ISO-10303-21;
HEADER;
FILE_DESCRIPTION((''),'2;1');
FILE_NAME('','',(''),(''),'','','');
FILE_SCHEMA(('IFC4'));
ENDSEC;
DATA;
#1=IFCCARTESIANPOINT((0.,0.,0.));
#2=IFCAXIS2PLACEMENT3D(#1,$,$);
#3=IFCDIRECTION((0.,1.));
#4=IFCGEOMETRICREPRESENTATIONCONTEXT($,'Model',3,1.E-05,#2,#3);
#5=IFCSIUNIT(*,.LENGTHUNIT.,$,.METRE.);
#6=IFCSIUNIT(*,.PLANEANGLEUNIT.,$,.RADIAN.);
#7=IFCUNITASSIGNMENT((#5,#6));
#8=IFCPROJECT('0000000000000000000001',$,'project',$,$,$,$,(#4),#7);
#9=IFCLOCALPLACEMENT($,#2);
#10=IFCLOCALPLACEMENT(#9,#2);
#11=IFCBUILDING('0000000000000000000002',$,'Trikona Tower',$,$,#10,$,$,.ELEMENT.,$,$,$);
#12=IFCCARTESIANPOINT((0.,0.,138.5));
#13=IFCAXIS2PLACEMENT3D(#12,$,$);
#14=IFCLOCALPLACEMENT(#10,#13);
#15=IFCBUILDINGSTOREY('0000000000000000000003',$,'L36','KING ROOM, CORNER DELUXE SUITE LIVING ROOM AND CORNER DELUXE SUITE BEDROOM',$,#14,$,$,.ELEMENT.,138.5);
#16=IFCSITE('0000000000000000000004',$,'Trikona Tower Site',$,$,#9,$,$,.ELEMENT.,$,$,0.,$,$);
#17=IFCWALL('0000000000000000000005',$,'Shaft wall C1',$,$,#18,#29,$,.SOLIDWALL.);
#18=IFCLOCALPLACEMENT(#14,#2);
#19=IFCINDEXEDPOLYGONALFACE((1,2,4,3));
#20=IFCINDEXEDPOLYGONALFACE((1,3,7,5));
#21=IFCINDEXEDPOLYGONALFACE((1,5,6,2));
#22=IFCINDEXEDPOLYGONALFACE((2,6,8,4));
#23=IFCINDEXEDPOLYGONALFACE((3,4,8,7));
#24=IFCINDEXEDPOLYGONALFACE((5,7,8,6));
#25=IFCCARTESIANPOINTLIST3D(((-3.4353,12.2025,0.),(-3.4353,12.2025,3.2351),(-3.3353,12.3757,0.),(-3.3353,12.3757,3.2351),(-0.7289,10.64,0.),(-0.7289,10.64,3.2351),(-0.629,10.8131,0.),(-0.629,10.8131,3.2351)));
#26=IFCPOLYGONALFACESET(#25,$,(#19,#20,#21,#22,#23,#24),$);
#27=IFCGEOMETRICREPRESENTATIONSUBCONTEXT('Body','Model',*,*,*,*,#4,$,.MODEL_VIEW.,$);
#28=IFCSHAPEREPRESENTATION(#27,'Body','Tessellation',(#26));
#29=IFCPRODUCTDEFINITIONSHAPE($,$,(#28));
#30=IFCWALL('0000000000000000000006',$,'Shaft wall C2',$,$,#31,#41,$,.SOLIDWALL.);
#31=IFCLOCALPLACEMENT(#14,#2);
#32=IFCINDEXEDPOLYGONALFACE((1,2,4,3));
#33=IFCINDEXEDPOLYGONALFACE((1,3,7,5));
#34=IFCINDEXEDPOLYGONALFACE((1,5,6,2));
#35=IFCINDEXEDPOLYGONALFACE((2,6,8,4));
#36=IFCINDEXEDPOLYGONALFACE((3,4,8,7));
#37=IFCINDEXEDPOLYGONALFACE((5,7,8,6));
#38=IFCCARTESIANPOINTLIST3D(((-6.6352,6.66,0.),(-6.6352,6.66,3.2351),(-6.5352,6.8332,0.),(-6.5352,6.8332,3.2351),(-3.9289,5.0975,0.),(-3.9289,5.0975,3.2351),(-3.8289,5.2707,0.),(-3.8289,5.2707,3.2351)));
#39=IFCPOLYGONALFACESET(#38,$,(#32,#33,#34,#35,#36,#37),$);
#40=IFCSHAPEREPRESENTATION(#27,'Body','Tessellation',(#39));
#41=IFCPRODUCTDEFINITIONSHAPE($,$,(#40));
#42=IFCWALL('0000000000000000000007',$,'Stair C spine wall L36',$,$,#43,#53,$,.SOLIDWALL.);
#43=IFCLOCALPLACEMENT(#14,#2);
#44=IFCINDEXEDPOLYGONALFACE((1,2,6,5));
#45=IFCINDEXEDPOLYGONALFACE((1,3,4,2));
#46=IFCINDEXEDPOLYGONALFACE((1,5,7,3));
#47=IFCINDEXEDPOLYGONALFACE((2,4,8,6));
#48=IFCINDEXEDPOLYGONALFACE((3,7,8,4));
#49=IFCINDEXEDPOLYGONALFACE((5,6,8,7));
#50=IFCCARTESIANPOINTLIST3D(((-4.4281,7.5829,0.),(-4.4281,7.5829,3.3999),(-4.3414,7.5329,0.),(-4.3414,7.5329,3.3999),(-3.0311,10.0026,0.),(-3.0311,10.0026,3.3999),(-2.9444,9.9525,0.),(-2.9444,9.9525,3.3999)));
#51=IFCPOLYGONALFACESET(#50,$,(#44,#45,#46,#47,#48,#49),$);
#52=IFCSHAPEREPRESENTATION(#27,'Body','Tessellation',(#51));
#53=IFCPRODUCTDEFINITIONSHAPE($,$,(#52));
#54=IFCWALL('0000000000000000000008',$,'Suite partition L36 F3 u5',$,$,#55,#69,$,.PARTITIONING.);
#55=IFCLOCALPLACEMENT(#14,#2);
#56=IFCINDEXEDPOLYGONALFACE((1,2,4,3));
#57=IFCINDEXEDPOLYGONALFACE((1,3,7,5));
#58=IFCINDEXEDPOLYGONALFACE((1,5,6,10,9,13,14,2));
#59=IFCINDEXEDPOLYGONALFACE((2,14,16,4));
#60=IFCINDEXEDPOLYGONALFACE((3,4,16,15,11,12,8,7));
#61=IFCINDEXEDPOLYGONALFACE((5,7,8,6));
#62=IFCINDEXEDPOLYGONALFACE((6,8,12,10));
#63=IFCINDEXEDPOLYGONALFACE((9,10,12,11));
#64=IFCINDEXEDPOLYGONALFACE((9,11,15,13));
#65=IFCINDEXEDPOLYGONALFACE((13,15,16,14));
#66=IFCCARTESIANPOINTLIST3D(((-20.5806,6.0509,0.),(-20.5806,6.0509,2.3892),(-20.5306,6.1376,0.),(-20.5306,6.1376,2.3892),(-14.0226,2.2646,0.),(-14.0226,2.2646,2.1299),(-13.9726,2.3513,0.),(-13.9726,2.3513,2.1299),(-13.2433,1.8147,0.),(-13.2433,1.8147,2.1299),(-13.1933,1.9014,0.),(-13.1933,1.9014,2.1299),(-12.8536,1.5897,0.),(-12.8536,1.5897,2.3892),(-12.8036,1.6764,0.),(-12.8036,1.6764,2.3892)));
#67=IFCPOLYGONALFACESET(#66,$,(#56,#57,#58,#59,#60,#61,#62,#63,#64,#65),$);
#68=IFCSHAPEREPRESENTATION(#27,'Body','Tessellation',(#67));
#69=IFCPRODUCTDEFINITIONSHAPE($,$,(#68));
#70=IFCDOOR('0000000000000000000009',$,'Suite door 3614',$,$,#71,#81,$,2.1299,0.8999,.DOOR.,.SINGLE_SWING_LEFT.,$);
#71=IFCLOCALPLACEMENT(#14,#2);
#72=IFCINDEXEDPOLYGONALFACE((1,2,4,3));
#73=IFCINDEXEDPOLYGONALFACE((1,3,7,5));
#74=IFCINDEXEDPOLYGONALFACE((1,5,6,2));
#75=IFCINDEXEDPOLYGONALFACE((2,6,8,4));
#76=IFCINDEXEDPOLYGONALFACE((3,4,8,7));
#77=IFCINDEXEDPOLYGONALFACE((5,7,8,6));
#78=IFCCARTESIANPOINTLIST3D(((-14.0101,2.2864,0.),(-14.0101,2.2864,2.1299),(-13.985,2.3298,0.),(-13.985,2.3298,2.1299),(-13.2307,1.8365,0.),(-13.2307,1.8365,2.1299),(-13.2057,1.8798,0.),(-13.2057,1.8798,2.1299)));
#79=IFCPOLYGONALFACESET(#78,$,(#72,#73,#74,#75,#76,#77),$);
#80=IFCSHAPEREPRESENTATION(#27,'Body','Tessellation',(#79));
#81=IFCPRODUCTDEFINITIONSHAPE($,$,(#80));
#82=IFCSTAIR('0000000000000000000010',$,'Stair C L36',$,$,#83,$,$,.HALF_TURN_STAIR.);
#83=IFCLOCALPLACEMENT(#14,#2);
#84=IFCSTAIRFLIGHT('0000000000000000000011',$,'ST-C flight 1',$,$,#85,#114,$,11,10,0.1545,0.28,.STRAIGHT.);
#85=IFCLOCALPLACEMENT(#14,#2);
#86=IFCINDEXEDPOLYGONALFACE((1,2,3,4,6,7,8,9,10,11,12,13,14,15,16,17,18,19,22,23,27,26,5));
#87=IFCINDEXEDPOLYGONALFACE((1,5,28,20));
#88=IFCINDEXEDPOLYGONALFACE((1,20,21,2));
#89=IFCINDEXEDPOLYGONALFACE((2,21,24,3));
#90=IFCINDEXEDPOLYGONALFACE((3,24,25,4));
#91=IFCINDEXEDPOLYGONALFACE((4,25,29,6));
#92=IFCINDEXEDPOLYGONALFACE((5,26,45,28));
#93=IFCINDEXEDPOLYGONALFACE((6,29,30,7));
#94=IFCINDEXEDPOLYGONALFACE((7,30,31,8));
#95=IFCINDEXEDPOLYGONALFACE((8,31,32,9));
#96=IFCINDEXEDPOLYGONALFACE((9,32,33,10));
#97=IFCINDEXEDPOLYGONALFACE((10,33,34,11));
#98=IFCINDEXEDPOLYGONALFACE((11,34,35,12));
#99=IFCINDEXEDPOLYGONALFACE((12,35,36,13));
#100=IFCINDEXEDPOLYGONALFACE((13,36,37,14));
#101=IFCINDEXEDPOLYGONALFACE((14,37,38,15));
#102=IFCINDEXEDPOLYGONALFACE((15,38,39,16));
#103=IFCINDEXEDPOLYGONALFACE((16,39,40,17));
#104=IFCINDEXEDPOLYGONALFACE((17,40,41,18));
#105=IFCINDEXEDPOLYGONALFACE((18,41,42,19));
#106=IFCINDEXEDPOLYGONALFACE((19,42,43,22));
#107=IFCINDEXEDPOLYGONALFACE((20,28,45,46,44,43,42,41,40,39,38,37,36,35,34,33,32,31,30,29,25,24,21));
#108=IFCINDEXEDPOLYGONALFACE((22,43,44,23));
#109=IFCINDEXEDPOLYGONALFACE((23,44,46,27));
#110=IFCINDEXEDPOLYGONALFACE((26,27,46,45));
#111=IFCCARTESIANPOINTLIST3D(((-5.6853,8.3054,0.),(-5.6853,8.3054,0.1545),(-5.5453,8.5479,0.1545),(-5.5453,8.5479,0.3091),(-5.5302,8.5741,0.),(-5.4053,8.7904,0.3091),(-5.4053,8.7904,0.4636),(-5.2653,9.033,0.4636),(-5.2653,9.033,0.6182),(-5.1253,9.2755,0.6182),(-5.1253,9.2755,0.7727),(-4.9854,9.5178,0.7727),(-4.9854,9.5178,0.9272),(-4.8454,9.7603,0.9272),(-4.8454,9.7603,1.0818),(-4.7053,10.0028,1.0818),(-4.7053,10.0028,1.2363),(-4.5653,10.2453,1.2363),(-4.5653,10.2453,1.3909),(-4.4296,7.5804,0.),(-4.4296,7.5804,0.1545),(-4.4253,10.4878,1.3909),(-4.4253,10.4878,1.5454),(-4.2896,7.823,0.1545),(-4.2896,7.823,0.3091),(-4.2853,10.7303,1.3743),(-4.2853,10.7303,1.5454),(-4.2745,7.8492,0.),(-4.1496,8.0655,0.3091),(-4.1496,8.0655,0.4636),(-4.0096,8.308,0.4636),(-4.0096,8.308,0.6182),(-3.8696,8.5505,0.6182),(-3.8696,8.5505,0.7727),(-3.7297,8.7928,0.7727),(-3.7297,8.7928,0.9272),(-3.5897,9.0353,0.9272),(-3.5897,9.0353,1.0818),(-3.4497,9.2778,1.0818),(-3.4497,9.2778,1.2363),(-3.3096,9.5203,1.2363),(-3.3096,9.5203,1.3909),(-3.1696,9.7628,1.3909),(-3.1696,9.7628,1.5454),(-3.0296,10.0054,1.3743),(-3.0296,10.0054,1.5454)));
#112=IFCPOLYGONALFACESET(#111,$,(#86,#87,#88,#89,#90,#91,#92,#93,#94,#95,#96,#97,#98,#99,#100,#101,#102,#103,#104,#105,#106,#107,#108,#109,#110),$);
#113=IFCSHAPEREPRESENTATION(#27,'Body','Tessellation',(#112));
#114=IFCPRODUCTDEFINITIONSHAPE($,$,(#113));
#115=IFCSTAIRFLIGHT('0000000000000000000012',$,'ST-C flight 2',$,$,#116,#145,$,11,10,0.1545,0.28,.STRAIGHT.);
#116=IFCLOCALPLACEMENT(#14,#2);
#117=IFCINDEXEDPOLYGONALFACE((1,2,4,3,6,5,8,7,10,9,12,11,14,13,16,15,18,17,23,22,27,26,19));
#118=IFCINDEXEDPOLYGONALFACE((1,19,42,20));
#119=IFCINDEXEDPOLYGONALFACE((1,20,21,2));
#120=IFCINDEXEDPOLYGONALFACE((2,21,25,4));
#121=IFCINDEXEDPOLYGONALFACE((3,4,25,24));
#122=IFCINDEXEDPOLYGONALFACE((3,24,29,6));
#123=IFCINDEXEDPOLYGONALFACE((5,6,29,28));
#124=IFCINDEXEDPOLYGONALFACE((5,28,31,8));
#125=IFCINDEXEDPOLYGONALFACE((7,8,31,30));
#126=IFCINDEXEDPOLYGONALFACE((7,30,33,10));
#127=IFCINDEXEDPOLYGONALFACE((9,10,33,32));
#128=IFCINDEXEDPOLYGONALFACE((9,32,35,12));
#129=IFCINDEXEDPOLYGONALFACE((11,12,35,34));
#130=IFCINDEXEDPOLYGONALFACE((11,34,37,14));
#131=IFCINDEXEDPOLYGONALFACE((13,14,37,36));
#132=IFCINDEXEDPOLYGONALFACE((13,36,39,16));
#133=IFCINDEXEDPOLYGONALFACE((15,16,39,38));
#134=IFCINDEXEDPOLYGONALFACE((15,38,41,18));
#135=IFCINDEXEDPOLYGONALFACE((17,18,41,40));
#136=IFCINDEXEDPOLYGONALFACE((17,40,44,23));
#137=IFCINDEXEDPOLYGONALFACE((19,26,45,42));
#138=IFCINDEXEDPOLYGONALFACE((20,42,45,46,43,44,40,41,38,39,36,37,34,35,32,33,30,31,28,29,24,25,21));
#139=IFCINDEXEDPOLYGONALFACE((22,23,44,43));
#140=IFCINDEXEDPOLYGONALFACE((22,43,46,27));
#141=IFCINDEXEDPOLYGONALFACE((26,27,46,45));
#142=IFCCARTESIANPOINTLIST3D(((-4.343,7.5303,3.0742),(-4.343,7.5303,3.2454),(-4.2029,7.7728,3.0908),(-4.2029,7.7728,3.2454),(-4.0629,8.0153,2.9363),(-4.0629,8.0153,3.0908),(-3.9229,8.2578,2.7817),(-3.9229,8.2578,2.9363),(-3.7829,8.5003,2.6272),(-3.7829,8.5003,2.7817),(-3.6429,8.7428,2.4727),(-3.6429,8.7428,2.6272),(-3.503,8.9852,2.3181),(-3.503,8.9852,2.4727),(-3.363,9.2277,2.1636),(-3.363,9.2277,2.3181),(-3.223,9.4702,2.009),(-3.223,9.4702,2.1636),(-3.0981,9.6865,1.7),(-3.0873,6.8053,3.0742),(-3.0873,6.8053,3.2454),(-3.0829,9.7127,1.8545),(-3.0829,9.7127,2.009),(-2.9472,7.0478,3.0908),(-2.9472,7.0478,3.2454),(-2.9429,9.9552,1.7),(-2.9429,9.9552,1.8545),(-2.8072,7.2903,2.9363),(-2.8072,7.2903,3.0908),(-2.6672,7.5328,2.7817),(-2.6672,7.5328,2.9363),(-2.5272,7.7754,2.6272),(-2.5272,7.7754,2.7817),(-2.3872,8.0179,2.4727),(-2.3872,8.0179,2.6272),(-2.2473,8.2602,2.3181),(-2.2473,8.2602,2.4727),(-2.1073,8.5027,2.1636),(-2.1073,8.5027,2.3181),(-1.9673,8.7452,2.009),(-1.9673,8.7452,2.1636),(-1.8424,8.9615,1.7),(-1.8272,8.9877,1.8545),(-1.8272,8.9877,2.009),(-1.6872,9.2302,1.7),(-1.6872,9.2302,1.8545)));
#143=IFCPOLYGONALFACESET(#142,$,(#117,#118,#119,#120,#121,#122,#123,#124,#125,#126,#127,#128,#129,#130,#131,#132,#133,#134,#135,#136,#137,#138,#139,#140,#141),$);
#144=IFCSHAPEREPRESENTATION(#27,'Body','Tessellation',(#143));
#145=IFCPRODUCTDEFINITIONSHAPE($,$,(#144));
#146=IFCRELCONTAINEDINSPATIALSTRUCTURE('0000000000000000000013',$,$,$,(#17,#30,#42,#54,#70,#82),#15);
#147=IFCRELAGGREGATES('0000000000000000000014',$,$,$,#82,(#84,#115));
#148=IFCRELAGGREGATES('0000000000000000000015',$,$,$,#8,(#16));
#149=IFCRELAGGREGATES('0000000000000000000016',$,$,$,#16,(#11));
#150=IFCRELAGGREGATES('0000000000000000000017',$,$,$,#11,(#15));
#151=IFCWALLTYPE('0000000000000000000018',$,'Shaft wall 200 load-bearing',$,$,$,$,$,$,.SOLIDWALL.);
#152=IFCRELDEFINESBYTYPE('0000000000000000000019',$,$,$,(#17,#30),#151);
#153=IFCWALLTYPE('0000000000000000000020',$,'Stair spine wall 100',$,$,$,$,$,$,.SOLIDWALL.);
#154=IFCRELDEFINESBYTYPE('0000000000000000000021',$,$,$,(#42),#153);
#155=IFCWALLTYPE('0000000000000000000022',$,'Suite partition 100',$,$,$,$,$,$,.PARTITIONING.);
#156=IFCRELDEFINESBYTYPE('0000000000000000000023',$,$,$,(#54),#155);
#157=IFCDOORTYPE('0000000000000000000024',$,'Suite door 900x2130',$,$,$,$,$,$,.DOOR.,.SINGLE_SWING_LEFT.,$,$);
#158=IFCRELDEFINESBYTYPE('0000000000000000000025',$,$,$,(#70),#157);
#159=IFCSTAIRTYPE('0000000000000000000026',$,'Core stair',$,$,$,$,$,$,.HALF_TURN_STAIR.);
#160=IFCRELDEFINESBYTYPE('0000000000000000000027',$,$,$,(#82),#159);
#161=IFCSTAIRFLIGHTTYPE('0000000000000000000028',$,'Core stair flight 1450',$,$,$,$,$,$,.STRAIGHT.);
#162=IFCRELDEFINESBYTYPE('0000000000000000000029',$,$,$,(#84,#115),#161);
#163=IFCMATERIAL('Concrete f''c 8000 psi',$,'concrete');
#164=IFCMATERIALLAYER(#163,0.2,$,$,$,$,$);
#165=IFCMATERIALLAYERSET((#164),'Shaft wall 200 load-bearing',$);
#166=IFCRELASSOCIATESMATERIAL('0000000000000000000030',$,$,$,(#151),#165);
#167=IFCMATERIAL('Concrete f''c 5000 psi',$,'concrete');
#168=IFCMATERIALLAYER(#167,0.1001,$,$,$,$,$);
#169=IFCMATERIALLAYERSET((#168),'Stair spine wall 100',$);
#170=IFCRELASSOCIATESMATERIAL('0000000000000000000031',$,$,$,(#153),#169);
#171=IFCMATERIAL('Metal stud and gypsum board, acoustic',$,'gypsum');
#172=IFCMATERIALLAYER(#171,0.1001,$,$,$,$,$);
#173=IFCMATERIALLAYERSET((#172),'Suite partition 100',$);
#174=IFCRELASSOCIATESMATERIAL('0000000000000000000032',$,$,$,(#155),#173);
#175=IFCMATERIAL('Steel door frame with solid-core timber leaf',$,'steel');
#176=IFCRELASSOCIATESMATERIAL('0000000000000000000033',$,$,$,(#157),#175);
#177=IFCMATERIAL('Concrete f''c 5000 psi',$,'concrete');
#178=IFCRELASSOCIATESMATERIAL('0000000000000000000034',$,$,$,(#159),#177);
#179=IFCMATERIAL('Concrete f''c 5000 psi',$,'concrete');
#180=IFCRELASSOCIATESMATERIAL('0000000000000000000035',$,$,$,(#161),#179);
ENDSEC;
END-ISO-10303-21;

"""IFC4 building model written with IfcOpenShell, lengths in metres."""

from ifc_helpers import new_model, si_unit, direction, frame, frame_2d, origin, place, context, subcontext, project, spatial, polyline, rectangle, outline, extrude, material, layer, layer_set, type_object, element, fill, aggregate, save


model = new_model("IFC4")

# Units and contexts
model_context = context("Model", 3, precision=1e-05, world=origin(), true_north=direction((0.0, 1.0)))
body_context = subcontext(model_context, "Body", "Model", "MODEL_VIEW")
ifc_project = project(units=[si_unit("LENGTHUNIT", "METRE"), si_unit("PLANEANGLEUNIT", "RADIAN")], contexts=[model_context])

# Site, building, storey
site_placement = place(None, origin())
site = spatial("IfcSite", under=ifc_project, at=site_placement, Name="Trikona Tower Site", CompositionType="ELEMENT", RefElevation=0.0)
building_placement = place(site_placement, origin())
building = spatial("IfcBuilding", under=site, at=building_placement, Name="Trikona Tower", CompositionType="ELEMENT")
storey_placement = place(building_placement, frame((0.0, 0.0, 138.5)))
storey = spatial("IfcBuildingStorey", under=building, at=storey_placement, Name="L36", Description="KING ROOM, CORNER DELUXE SUITE LIVING ROOM AND CORNER DELUXE SUITE BEDROOM", CompositionType="ELEMENT", Elevation=138.5)

# Walls
ifc_material_1 = material(Name="Concrete f'c 8000 psi", Category="concrete")
ifc_layer_1 = layer(ifc_material_1, 0.2)
ifc_layer_set_1 = layer_set([ifc_layer_1], Name="Shaft wall 200 load-bearing")
wall_type_1 = type_object("IfcWallType", Name="Shaft wall 200 load-bearing", PredefinedType="SOLIDWALL", material=ifc_layer_set_1)
for number, where, z_axis, x_axis, name in (
    (1, (-0.679, 10.7266, 0.0), (0.0, 0.0, 1.0), (-0.866023, 0.500004, 0.0), "Shaft wall C1"),
    (2, (-3.8789, 5.1841, 0.0), (0.0, 0.0, 1.0), (-0.866023, 0.500004, 0.0), "Shaft wall C2"),
):
    element("IfcWall", number, at=place(storey_placement, frame(where, z_axis=z_axis, x_axis=x_axis)), inside=storey, type_object=wall_type_1, Name=name, PredefinedType="SOLIDWALL", context=body_context, shape_type="SweptSolid", body=[
        extrude(rectangle(XDim=3.125, YDim=0.2, at=frame_2d((1.5625, 0.0))), origin(), (0.0, 0.0, 1.0), 3.2351),
    ])
ifc_material_2 = material(Name="Concrete f'c 5000 psi", Category="concrete")
ifc_layer_2 = layer(ifc_material_2, 0.1001)
ifc_layer_set_2 = layer_set([ifc_layer_2], Name="Stair spine wall 100")
wall_type_2 = type_object("IfcWallType", Name="Stair spine wall 100", PredefinedType="SOLIDWALL", material=ifc_layer_set_2)
wall_1_placement = place(storey_placement, frame((-2.9878, 9.9775, 0.0), z_axis=(0.0, 0.0, 1.0), x_axis=(-0.499992, -0.86603, 0.0)))
element("IfcWall", 3, at=wall_1_placement, inside=storey, type_object=wall_type_2, Name="Stair C spine wall L36", PredefinedType="SOLIDWALL", context=body_context, shape_type="SweptSolid", body=[
    extrude(rectangle(XDim=2.7939, YDim=0.1001, at=frame_2d((1.397, 0.0))), origin(), (0.0, 0.0, 1.0), 3.3999),
])

# Wall, opening, door
ifc_material_3 = material(Name="Metal stud and gypsum board, acoustic", Category="gypsum")
ifc_layer_3 = layer(ifc_material_3, 0.1001)
ifc_layer_set_3 = layer_set([ifc_layer_3], Name="Suite partition 100")
wall_type_3 = type_object("IfcWallType", Name="Suite partition 100", PredefinedType="PARTITIONING", material=ifc_layer_set_3)
wall_2_placement = place(storey_placement, frame((-12.8286, 1.6331, 0.0), z_axis=(0.0, 0.0, 1.0), x_axis=(-0.866027, 0.499997, 0.0)))
wall_2 = element("IfcWall", 4, at=wall_2_placement, inside=storey, type_object=wall_type_3, Name="Suite partition L36 F3 u5", PredefinedType="PARTITIONING", context=body_context, shape_type="SweptSolid", body=[
    extrude(rectangle(XDim=8.9224, YDim=0.1001, at=frame_2d((4.4612, 0.0))), origin(), (0.0, 0.0, 1.0), 2.3892),
])
opening_1_placement = place(wall_2_placement, frame((0.45, 0.0, 0.0)))
opening_1 = element("IfcOpeningElement", 5, at=opening_1_placement, cuts=wall_2, PredefinedType="OPENING", context=body_context, shape_type="SweptSolid", body=[
    extrude(rectangle(XDim=0.8999, YDim=2.1299, at=frame_2d((0.45, 1.0649))), frame((0.0, 0.0601, 0.0), z_axis=(0.0, -1.0, 0.0), x_axis=(1.0, 0.0, 0.0)), (0.0, 0.0, 1.0), 0.1201),
])
ifc_material_4 = material(Name="Steel door frame with solid-core timber leaf", Category="steel")
door_type_1 = type_object("IfcDoorType", Name="Suite door 900x2130", OperationType="SINGLE_SWING_LEFT", PredefinedType="DOOR", material=ifc_material_4)
door_1_placement = place(opening_1_placement, origin())
door_1 = element("IfcDoor", 6, at=door_1_placement, inside=storey, type_object=door_type_1, Name="Suite door 3614", OperationType="SINGLE_SWING_LEFT", OverallHeight=2.1299, OverallWidth=0.8999, PredefinedType="DOOR", context=body_context, shape_type="SweptSolid", body=[
    extrude(rectangle(XDim=0.8999, YDim=2.1299, at=frame_2d((0.45, 1.0649))), frame((0.0, 0.0249, 0.0), z_axis=(0.0, -1.0, 0.0), x_axis=(1.0, 0.0, 0.0)), (0.0, 0.0, 1.0), 0.05),
])
fill(opening_1, door_1)

# Stair, stair flights
ifc_material_5 = material(Name="Concrete f'c 5000 psi", Category="concrete")
stair_type = type_object("IfcStairType", Name="Core stair", PredefinedType="HALF_TURN_STAIR", material=ifc_material_5)
stair_placement = place(storey_placement, origin())
stair = element("IfcStair", 7, at=stair_placement, inside=storey, type_object=stair_type, Name="Stair C L36", PredefinedType="HALF_TURN_STAIR")
ifc_material_6 = material(Name="Concrete f'c 5000 psi", Category="concrete")
stair_flight_type = type_object("IfcStairFlightType", Name="Core stair flight 1450", PredefinedType="STRAIGHT", material=ifc_material_6)
stair_flight_1_placement = place(storey_placement, frame((-5.0574, 7.9429, 0.0), z_axis=(0.0, 0.0, 1.0), x_axis=(0.5, 0.866025, 0.0)))
stair_flight_1 = element("IfcStairFlight", 8, at=stair_flight_1_placement, type_object=stair_flight_type, Name="ST-C flight 1", NumberOfRisers=11, NumberOfTreads=10, PredefinedType="STRAIGHT", RiserHeight=0.1545, TreadLength=0.28, context=body_context, shape_type="SweptSolid", body=[
    extrude(outline(polyline([(0.0, 0.0), (0.0, 0.1545), (0.28, 0.1545), (0.28, 0.3091), (0.5601, 0.3091), (0.5601, 0.4636), (0.8401, 0.4636), (0.8401, 0.6182), (1.1201, 0.6182), (1.1201, 0.7727), (1.3999, 0.7727), (1.3999, 0.9272), (1.6799, 0.9272), (1.6799, 1.0818), (1.96, 1.0818), (1.96, 1.2363), (2.24, 1.2363), (2.24, 1.3909), (2.52, 1.3909), (2.52, 1.5454), (2.8, 1.5454), (2.8, 1.7), (2.8, 1.3743), (0.3103, 0.0), (0.0, 0.0)])), frame((0.0, 0.7251, 0.0), z_axis=(0.0, -1.0, 0.0), x_axis=(1.0, 0.0, 0.0)), (0.0, 0.0, 1.0), 1.45),
])
stair_flight_2_placement = place(storey_placement, frame((-2.3152, 9.5928, 1.7), z_axis=(0.0, 0.0, 1.0), x_axis=(-0.5, -0.866025, 0.0)))
stair_flight_2 = element("IfcStairFlight", 9, at=stair_flight_2_placement, type_object=stair_flight_type, Name="ST-C flight 2", NumberOfRisers=11, NumberOfTreads=10, PredefinedType="STRAIGHT", RiserHeight=0.1545, TreadLength=0.28, context=body_context, shape_type="SweptSolid", body=[
    extrude(outline(polyline([(0.0, 0.0), (0.0, 0.1545), (0.28, 0.1545), (0.28, 0.3091), (0.5601, 0.3091), (0.5601, 0.4636), (0.8401, 0.4636), (0.8401, 0.6182), (1.1201, 0.6182), (1.1201, 0.7727), (1.3999, 0.7727), (1.3999, 0.9272), (1.6799, 0.9272), (1.6799, 1.0818), (1.96, 1.0818), (1.96, 1.2363), (2.24, 1.2363), (2.24, 1.3909), (2.52, 1.3909), (2.52, 1.5454), (2.8, 1.5454), (2.8, 1.7), (2.8, 1.3743), (0.3103, 0.0), (0.0, 0.0)])), frame((0.0, 0.7251, 0.0), z_axis=(0.0, -1.0, 0.0), x_axis=(1.0, 0.0, 0.0)), (0.0, 0.0, 1.0), 1.45),
])
aggregate(stair, [stair_flight_1, stair_flight_2])

save(model, "model.ifc")
